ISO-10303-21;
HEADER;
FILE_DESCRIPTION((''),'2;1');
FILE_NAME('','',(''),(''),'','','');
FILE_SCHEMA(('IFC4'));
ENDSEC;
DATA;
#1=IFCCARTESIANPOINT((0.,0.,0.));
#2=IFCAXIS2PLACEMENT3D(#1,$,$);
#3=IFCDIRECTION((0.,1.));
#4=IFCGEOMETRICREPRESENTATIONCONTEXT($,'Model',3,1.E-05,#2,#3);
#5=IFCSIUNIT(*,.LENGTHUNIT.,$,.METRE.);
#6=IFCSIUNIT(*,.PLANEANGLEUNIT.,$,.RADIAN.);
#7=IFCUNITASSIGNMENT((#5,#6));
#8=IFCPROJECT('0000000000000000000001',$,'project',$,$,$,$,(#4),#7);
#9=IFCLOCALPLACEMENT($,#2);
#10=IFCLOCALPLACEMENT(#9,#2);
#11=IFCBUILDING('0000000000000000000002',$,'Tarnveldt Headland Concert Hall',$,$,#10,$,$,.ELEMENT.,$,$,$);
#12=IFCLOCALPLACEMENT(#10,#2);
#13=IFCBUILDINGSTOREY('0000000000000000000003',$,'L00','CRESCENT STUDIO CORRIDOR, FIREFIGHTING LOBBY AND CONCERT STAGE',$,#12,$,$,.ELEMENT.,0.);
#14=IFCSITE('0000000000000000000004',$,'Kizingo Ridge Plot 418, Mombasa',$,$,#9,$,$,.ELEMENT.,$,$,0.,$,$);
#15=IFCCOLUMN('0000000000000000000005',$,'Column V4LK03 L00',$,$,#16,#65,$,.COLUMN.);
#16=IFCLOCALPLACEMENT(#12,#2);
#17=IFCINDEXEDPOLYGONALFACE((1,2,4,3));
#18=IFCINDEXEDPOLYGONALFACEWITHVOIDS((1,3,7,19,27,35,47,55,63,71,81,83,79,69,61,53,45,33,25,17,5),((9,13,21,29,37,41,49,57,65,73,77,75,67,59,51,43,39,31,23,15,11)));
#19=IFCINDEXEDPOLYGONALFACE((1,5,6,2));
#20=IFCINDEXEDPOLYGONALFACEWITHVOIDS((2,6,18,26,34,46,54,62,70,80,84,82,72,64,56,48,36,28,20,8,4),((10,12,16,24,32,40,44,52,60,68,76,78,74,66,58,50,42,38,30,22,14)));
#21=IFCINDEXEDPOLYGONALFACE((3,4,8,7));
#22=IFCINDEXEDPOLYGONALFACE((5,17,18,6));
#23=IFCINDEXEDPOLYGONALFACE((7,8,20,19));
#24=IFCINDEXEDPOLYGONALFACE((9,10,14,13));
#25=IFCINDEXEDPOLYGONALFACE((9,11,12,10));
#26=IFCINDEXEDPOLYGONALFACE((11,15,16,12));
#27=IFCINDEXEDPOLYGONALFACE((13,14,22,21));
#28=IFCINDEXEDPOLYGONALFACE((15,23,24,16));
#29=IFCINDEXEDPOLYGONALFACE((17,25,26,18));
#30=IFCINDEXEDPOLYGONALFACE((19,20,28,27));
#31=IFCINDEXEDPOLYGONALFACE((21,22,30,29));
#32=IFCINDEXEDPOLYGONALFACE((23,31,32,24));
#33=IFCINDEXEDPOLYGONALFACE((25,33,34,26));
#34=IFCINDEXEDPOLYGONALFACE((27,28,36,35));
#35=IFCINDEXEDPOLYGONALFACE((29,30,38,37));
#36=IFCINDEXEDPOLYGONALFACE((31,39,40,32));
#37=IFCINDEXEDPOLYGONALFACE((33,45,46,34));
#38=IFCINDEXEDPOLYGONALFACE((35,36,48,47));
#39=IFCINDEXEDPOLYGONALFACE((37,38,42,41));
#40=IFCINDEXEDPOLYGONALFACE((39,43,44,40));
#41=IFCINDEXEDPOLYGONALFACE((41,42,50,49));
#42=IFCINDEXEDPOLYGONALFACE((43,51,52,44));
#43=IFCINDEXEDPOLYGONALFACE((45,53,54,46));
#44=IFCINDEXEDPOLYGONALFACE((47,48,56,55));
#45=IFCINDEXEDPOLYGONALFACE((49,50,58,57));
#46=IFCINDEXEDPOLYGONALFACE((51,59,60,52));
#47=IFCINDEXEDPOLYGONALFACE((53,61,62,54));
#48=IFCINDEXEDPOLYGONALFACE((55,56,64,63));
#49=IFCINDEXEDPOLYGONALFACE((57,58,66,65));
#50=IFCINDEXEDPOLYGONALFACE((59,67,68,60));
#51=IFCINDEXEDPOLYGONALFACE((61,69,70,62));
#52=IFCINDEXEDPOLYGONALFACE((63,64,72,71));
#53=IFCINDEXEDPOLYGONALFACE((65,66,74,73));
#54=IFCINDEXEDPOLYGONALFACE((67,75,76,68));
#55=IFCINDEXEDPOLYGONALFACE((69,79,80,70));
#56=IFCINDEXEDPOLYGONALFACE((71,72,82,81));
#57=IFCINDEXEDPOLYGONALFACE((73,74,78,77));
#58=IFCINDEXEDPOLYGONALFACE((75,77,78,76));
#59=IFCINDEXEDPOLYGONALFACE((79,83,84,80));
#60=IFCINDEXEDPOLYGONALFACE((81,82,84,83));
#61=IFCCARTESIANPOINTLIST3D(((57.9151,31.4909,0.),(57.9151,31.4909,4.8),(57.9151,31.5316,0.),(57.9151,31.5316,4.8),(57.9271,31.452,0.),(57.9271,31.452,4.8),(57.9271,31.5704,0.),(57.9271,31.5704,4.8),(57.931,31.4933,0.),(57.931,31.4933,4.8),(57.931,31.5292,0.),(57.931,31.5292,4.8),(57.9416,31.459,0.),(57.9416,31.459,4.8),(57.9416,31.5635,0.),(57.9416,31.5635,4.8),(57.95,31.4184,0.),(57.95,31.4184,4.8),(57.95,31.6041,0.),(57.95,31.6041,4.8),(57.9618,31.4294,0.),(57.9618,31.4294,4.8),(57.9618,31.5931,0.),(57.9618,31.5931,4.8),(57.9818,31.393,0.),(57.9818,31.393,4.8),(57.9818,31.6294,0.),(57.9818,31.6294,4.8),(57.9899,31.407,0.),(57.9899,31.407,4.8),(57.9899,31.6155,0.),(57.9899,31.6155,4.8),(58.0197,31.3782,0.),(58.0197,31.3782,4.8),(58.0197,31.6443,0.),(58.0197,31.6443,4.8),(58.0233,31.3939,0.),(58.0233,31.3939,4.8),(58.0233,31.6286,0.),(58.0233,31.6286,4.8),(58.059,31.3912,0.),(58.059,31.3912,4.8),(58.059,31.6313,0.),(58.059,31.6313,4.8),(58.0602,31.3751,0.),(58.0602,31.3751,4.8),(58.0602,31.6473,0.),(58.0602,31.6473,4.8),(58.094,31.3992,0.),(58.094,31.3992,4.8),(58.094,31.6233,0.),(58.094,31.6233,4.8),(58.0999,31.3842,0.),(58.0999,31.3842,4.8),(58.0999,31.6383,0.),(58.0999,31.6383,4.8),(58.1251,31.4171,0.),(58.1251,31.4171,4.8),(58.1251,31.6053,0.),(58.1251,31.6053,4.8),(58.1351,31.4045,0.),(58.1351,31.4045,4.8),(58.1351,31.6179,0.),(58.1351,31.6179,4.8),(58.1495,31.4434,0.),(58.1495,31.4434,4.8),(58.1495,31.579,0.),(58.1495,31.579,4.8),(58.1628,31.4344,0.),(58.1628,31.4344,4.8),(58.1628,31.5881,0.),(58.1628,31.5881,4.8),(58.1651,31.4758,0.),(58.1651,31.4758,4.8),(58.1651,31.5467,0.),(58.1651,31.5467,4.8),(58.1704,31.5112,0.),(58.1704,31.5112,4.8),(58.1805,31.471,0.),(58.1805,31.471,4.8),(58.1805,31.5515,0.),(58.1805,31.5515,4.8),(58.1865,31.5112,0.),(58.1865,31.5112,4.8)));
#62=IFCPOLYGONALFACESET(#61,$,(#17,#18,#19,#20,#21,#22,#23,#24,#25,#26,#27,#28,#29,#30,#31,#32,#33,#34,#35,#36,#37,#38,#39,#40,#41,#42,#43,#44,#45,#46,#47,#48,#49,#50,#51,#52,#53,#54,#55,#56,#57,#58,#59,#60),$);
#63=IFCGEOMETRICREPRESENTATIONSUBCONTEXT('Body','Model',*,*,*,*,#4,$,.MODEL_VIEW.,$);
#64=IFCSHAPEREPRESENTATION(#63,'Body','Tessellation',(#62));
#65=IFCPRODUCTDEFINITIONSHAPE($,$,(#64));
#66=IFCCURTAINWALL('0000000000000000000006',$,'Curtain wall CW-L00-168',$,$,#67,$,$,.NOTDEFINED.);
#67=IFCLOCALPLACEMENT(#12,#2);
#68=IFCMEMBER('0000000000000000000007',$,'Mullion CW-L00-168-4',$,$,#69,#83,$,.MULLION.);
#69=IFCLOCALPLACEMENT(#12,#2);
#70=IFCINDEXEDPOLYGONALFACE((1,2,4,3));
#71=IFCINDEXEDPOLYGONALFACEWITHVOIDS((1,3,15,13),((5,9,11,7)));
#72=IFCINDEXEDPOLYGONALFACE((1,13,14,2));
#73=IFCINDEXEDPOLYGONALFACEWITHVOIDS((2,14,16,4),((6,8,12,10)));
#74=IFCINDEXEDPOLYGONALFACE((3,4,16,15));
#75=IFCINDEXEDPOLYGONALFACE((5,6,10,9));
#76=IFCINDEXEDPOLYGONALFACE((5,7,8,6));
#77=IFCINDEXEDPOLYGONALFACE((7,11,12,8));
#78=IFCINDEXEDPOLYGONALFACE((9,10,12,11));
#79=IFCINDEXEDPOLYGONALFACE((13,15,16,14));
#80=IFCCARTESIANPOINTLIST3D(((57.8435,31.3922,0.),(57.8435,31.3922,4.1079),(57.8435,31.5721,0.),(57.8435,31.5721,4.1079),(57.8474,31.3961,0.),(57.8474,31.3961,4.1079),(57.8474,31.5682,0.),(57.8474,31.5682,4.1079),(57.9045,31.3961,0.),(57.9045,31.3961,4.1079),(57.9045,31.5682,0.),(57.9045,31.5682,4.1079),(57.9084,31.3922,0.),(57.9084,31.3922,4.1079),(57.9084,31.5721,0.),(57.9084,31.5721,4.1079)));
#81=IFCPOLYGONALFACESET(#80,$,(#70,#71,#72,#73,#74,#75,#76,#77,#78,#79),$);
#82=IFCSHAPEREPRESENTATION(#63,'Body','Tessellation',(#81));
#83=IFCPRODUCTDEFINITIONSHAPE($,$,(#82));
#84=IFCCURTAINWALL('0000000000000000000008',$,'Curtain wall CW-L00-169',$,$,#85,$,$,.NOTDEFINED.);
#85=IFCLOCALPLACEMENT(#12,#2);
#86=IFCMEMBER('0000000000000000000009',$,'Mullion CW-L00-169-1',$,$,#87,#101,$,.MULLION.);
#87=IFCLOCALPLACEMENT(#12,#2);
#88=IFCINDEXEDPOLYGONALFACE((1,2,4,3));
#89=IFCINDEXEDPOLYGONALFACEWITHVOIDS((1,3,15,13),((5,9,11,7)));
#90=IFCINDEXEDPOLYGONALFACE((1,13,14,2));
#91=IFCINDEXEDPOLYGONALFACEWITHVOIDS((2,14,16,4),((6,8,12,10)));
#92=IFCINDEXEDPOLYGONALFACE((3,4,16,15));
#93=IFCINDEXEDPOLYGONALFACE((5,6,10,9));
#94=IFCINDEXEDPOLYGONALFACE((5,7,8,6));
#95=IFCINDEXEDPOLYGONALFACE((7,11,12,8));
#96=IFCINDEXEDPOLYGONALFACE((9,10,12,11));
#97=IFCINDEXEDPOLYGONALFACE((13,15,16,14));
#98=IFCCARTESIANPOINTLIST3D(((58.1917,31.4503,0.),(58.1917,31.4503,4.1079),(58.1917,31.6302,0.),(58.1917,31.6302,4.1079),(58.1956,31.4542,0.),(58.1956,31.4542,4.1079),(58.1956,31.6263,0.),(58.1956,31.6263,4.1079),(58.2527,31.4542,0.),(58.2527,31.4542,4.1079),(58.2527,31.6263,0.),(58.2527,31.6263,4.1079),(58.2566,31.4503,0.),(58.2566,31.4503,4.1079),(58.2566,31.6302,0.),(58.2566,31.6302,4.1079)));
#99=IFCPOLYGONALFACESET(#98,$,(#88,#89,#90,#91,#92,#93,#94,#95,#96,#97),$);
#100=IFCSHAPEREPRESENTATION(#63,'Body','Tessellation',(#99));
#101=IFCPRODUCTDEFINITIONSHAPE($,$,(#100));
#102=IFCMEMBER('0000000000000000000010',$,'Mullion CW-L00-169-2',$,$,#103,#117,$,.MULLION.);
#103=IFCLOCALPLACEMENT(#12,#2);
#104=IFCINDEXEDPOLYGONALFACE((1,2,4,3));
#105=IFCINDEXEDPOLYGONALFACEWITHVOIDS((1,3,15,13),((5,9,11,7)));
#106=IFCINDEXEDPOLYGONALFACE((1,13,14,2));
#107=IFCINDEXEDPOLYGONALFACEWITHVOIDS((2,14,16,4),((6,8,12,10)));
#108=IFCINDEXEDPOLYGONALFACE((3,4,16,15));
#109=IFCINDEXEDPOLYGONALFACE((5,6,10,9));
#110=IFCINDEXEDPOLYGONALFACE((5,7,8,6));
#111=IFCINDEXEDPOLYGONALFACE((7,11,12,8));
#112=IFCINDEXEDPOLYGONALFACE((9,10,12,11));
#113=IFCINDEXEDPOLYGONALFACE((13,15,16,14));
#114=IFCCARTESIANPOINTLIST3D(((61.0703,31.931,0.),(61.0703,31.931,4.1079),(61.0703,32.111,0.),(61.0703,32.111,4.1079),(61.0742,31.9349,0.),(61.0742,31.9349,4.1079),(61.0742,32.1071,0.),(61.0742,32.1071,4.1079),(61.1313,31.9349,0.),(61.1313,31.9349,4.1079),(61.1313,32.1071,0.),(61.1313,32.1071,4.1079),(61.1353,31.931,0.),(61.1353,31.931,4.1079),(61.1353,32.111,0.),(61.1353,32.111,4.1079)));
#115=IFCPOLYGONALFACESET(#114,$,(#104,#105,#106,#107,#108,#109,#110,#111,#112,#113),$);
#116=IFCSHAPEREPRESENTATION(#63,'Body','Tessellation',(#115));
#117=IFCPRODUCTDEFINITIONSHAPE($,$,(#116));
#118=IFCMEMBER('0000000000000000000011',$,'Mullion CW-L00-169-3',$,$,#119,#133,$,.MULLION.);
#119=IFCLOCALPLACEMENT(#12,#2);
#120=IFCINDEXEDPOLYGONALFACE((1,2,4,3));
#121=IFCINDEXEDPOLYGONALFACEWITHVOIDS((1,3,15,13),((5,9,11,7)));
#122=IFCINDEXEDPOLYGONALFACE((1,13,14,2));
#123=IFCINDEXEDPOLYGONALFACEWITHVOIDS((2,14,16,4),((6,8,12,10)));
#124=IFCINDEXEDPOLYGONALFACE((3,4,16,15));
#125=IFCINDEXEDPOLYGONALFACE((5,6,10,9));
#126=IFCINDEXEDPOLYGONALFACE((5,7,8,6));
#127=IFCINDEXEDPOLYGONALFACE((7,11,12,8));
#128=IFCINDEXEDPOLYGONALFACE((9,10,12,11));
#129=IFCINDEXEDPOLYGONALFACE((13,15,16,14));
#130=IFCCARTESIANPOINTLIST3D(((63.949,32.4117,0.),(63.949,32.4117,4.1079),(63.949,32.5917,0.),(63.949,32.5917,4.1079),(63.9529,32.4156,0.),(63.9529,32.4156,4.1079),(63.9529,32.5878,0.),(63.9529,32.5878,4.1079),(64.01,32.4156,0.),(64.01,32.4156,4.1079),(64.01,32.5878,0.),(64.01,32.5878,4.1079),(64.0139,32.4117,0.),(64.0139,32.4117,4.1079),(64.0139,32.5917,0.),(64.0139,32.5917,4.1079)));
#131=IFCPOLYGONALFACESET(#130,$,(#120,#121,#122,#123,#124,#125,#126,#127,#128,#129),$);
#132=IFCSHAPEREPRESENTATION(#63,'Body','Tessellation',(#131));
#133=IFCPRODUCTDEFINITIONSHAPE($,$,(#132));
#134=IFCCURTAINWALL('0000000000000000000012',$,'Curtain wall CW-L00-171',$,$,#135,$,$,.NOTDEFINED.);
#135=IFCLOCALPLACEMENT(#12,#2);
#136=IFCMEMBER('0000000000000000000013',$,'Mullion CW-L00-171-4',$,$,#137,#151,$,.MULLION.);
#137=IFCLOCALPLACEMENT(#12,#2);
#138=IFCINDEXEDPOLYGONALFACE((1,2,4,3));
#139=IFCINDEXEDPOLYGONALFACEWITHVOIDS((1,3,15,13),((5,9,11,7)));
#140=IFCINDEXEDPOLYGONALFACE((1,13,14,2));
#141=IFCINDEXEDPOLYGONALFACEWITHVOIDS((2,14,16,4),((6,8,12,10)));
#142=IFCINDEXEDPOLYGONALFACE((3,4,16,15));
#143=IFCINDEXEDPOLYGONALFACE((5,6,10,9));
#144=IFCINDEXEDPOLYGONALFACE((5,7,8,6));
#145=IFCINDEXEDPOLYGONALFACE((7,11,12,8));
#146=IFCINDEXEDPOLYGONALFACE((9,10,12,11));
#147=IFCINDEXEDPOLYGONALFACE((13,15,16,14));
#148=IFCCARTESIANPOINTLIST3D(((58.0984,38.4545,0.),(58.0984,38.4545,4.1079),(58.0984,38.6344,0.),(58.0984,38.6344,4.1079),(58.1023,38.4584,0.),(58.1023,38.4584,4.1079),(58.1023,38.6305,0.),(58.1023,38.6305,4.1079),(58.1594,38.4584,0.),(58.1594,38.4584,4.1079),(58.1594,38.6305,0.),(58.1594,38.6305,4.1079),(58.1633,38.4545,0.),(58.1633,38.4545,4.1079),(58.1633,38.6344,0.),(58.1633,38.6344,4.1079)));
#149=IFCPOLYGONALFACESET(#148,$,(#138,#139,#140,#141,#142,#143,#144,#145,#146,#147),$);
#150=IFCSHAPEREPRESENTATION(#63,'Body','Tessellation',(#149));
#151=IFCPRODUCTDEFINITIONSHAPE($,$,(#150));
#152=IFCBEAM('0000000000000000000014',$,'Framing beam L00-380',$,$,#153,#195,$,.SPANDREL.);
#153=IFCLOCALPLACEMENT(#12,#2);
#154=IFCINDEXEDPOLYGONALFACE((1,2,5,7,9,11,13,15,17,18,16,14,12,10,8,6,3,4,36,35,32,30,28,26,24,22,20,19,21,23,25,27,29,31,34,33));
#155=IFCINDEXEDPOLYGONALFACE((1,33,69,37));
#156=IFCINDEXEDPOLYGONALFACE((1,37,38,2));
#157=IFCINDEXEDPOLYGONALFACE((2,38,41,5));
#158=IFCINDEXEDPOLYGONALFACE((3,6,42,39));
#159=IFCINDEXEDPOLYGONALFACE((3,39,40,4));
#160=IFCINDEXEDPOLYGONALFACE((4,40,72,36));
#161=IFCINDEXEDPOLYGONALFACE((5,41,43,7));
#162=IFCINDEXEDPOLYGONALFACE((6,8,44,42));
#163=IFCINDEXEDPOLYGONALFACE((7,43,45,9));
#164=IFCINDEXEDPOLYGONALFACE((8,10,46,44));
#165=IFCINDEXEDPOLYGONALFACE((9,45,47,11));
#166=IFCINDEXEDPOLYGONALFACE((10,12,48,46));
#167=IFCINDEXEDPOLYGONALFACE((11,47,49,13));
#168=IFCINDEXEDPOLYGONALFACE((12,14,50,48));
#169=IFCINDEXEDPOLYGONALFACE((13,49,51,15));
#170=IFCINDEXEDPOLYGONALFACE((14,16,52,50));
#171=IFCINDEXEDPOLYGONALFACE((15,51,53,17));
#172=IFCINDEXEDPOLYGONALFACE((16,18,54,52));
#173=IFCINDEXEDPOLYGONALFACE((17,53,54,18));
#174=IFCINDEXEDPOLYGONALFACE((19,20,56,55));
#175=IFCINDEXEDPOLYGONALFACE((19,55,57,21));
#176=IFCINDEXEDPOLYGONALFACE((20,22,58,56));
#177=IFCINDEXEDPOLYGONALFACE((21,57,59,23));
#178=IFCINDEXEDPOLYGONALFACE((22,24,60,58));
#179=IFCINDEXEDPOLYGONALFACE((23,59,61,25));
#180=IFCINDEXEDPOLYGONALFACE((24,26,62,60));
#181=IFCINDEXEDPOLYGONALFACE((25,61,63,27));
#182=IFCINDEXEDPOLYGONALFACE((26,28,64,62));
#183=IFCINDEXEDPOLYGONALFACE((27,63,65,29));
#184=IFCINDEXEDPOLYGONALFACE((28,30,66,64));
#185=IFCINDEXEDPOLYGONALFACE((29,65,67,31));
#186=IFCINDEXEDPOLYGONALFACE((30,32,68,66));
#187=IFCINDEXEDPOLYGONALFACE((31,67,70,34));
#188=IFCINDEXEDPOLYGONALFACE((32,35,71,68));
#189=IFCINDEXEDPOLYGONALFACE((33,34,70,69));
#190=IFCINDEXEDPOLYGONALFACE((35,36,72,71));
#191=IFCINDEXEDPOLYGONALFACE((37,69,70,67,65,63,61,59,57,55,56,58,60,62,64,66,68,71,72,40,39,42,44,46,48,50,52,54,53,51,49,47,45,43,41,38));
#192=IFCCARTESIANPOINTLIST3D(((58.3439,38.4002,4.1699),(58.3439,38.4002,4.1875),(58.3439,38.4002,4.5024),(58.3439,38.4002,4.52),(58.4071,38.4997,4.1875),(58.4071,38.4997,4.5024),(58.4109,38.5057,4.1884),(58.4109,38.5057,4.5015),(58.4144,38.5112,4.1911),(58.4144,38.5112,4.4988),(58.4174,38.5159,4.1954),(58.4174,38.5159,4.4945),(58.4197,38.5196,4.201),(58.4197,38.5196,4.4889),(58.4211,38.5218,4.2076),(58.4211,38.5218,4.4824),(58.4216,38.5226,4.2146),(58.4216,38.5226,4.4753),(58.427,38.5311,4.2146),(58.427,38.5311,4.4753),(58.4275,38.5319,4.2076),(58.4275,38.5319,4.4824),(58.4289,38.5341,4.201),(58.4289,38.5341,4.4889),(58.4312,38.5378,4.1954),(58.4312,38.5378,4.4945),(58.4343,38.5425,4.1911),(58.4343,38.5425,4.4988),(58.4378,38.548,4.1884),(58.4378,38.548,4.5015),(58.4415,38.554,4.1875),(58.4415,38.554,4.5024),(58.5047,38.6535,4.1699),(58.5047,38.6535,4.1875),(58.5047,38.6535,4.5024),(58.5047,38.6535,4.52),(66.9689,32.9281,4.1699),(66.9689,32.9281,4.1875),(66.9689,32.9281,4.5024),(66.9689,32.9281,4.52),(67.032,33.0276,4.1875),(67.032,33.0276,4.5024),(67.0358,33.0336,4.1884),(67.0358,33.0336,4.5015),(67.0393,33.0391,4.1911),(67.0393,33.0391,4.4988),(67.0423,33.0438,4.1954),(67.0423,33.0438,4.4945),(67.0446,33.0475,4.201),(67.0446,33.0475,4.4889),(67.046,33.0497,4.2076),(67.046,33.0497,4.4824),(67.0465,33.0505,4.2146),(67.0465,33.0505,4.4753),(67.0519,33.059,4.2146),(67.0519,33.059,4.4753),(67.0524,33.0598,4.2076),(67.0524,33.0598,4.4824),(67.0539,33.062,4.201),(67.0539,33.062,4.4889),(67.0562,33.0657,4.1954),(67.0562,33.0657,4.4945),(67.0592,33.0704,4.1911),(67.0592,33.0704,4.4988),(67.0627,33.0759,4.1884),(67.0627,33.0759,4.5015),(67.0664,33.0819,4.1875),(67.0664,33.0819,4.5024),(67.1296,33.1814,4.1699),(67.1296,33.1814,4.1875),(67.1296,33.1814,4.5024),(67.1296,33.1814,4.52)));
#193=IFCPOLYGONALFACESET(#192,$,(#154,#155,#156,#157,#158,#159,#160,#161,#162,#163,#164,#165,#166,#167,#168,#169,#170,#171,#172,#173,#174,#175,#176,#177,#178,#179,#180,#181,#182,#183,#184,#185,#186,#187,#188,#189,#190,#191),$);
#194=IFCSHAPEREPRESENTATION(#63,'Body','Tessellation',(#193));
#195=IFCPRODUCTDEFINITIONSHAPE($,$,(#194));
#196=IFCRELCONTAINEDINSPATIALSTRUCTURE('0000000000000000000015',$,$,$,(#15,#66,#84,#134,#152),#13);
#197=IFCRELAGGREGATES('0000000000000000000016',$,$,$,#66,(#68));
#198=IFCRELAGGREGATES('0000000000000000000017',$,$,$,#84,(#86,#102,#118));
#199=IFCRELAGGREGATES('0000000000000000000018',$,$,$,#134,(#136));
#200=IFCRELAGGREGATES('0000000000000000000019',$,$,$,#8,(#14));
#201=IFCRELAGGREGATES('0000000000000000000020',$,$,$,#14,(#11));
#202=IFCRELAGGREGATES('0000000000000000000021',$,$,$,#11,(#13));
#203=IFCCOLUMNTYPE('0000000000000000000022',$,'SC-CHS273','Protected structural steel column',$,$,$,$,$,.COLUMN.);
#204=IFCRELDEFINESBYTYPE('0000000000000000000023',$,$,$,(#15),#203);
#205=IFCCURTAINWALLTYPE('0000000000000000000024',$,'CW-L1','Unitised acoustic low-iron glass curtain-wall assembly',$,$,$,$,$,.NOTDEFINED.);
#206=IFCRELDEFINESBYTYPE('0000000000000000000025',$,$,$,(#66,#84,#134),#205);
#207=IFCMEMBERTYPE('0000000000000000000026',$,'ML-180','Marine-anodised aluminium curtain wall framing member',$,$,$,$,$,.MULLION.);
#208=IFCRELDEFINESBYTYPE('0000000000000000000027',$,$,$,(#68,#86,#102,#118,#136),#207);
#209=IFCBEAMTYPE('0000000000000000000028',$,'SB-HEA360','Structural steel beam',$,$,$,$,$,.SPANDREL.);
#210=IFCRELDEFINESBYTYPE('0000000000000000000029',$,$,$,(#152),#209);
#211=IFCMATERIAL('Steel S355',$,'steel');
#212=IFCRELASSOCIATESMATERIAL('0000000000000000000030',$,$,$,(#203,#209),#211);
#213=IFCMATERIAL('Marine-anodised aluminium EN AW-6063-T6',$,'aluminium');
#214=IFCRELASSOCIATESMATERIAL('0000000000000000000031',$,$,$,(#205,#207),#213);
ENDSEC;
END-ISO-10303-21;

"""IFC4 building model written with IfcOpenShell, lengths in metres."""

from ifc_helpers import new_model, si_unit, direction, frame, origin, origin_2d, place, context, subcontext, project, spatial, hollow_rectangle, hollow_circle, i_section, extrude, material, material_profile, profile_set, type_object, element, aggregate, save


model = new_model("IFC4")

# Units and contexts
model_context = context("Model", 3, precision=1e-05, world=origin(), true_north=direction((0.0, 1.0)))
body_context = subcontext(model_context, "Body", "Model", "MODEL_VIEW")
ifc_project = project(units=[si_unit("LENGTHUNIT", "METRE"), si_unit("PLANEANGLEUNIT", "RADIAN")], contexts=[model_context])

# Site, building, storey
site_placement = place(None, origin())
site = spatial("IfcSite", under=ifc_project, at=site_placement, Name="Kizingo Ridge Plot 418, Mombasa", CompositionType="ELEMENT", RefElevation=0.0)
building_placement = place(site_placement, origin())
building = spatial("IfcBuilding", under=site, at=building_placement, Name="Tarnveldt Headland Concert Hall", CompositionType="ELEMENT")
storey_placement = place(building_placement, origin())
storey = spatial("IfcBuildingStorey", under=building, at=storey_placement, Name="L00", Description="CRESCENT STUDIO CORRIDOR, FIREFIGHTING LOBBY AND CONCERT STAGE", CompositionType="ELEMENT", Elevation=0.0)

# Column
ifc_material_1 = material(Name="Steel S355", Category="steel")
ifc_material_profile_1 = material_profile(ifc_material_1, hollow_circle(Radius=0.1365, WallThickness=0.0161, at=origin_2d()), Name="CHS 273x16", Category="steel")
ifc_profile_set_1 = profile_set([ifc_material_profile_1], Name="Steel S355")
column_type = type_object("IfcColumnType", Name="SC-CHS273", Description="Protected structural steel column", PredefinedType="COLUMN", material=ifc_profile_set_1)
column_placement = place(storey_placement, frame((58.05, 31.5112, 0.0), z_axis=(0.0, 0.0, 1.0), x_axis=(1.0, 0.0, 0.0)))
element("IfcColumn", 1, at=column_placement, inside=storey, type_object=column_type, Name="Column V4LK03 L00", PredefinedType="COLUMN", context=body_context, shape_type="SweptSolid", body=[
    extrude(hollow_circle(Radius=0.1365, WallThickness=0.0161, at=origin_2d()), origin(), (0.0, 0.0, 1.0), 4.8),
])

# Curtain wall, member
ifc_material_2 = material(Name="Marine-anodised aluminium EN AW-6063-T6", Category="aluminium")
curtain_wall_type = type_object("IfcCurtainWallType", Name="CW-L1", Description="Unitised acoustic low-iron glass curtain-wall assembly", PredefinedType="NOTDEFINED", material=ifc_material_2)
curtain_wall_1_placement = place(storey_placement, origin())
curtain_wall_1 = element("IfcCurtainWall", 2, at=curtain_wall_1_placement, inside=storey, type_object=curtain_wall_type, Name="Curtain wall CW-L00-168", PredefinedType="NOTDEFINED")
ifc_material_profile_2 = material_profile(ifc_material_2, hollow_rectangle(XDim=0.0649, YDim=0.1799, WallThickness=0.0039, at=origin_2d()), Name="ALU MULLION 65x180x4", Category="aluminium")
ifc_profile_set_2 = profile_set([ifc_material_profile_2], Name="Marine-anodised aluminium EN AW-6063-T6")
member_type_1 = type_object("IfcMemberType", Name="ML-180", Description="Marine-anodised aluminium curtain wall framing member", PredefinedType="MULLION", material=ifc_profile_set_2)
member_1_placement = place(storey_placement, frame((57.876, 31.4822, 0.0), z_axis=(0.0, 0.0, 1.0), x_axis=(1.0, 0.0, 0.0)))
member_1 = element("IfcMember", 3, at=member_1_placement, type_object=member_type_1, Name="Mullion CW-L00-168-4", PredefinedType="MULLION", context=body_context, shape_type="SweptSolid", body=[
    extrude(hollow_rectangle(XDim=0.0649, YDim=0.1799, WallThickness=0.0039, at=origin_2d()), origin(), (0.0, 0.0, 1.0), 4.1079),
])

# Curtain wall, members
curtain_wall_2_placement = place(storey_placement, origin())
curtain_wall_2 = element("IfcCurtainWall", 4, at=curtain_wall_2_placement, inside=storey, type_object=curtain_wall_type, Name="Curtain wall CW-L00-169", PredefinedType="NOTDEFINED")
member_2_placement = place(storey_placement, frame((58.2241, 31.5403, 0.0), z_axis=(0.0, 0.0, 1.0), x_axis=(1.0, 0.0, 0.0)))
member_2 = element("IfcMember", 5, at=member_2_placement, type_object=member_type_1, Name="Mullion CW-L00-169-1", PredefinedType="MULLION", context=body_context, shape_type="SweptSolid", body=[
    extrude(hollow_rectangle(XDim=0.0649, YDim=0.1799, WallThickness=0.0039, at=origin_2d()), origin(), (0.0, 0.0, 1.0), 4.1079),
])
member_3_placement = place(storey_placement, frame((61.1028, 32.021, 0.0), z_axis=(0.0, 0.0, 1.0), x_axis=(1.0, 0.0, 0.0)))
member_3 = element("IfcMember", 6, at=member_3_placement, type_object=member_type_1, Name="Mullion CW-L00-169-2", PredefinedType="MULLION", context=body_context, shape_type="SweptSolid", body=[
    extrude(hollow_rectangle(XDim=0.0649, YDim=0.1799, WallThickness=0.0039, at=origin_2d()), origin(), (0.0, 0.0, 1.0), 4.1079),
])
member_4_placement = place(storey_placement, frame((63.9814, 32.5017, 0.0), z_axis=(0.0, 0.0, 1.0), x_axis=(1.0, 0.0, 0.0)))
member_4 = element("IfcMember", 7, at=member_4_placement, type_object=member_type_1, Name="Mullion CW-L00-169-3", PredefinedType="MULLION", context=body_context, shape_type="SweptSolid", body=[
    extrude(hollow_rectangle(XDim=0.0649, YDim=0.1799, WallThickness=0.0039, at=origin_2d()), origin(), (0.0, 0.0, 1.0), 4.1079),
])

# Curtain wall, member
curtain_wall_3_placement = place(storey_placement, origin())
curtain_wall_3 = element("IfcCurtainWall", 8, at=curtain_wall_3_placement, inside=storey, type_object=curtain_wall_type, Name="Curtain wall CW-L00-171", PredefinedType="NOTDEFINED")
member_5_placement = place(storey_placement, frame((58.1309, 38.5444, 0.0), z_axis=(0.0, 0.0, 1.0), x_axis=(1.0, 0.0, 0.0)))
member_5 = element("IfcMember", 9, at=member_5_placement, type_object=member_type_1, Name="Mullion CW-L00-171-4", PredefinedType="MULLION", context=body_context, shape_type="SweptSolid", body=[
    extrude(hollow_rectangle(XDim=0.0649, YDim=0.1799, WallThickness=0.0039, at=origin_2d()), origin(), (0.0, 0.0, 1.0), 4.1079),
])

# Beam
ifc_material_profile_3 = material_profile(ifc_material_1, i_section(OverallWidth=0.3, OverallDepth=0.3501, WebThickness=0.01, FlangeThickness=0.0176, FilletRadius=0.0271, at=origin_2d()), Name="HEA360", Category="steel")
ifc_profile_set_3 = profile_set([ifc_material_profile_3], Name="Steel S355")
beam_type_1 = type_object("IfcBeamType", Name="SB-HEA360", Description="Structural steel beam", PredefinedType="SPANDREL", material=ifc_profile_set_3)
beam_1_placement = place(storey_placement, frame((58.4243, 38.5269, 4.345), z_axis=(0.844391, -0.535727, 0.0), x_axis=(0.535727, 0.844391, 0.0)))
element("IfcBeam", 10, at=beam_1_placement, inside=storey, type_object=beam_type_1, Name="Framing beam L00-380", PredefinedType="SPANDREL", context=body_context, shape_type="SweptSolid", body=[
    extrude(i_section(OverallWidth=0.3, OverallDepth=0.3501, WebThickness=0.01, FlangeThickness=0.0176, FilletRadius=0.0271, at=origin_2d()), origin(), (0.0, 0.0, 1.0), 10.2144),
])

aggregate(curtain_wall_1, [member_1])
aggregate(curtain_wall_2, [member_2, member_3, member_4])
aggregate(curtain_wall_3, [member_5])

save(model, "model.ifc")
